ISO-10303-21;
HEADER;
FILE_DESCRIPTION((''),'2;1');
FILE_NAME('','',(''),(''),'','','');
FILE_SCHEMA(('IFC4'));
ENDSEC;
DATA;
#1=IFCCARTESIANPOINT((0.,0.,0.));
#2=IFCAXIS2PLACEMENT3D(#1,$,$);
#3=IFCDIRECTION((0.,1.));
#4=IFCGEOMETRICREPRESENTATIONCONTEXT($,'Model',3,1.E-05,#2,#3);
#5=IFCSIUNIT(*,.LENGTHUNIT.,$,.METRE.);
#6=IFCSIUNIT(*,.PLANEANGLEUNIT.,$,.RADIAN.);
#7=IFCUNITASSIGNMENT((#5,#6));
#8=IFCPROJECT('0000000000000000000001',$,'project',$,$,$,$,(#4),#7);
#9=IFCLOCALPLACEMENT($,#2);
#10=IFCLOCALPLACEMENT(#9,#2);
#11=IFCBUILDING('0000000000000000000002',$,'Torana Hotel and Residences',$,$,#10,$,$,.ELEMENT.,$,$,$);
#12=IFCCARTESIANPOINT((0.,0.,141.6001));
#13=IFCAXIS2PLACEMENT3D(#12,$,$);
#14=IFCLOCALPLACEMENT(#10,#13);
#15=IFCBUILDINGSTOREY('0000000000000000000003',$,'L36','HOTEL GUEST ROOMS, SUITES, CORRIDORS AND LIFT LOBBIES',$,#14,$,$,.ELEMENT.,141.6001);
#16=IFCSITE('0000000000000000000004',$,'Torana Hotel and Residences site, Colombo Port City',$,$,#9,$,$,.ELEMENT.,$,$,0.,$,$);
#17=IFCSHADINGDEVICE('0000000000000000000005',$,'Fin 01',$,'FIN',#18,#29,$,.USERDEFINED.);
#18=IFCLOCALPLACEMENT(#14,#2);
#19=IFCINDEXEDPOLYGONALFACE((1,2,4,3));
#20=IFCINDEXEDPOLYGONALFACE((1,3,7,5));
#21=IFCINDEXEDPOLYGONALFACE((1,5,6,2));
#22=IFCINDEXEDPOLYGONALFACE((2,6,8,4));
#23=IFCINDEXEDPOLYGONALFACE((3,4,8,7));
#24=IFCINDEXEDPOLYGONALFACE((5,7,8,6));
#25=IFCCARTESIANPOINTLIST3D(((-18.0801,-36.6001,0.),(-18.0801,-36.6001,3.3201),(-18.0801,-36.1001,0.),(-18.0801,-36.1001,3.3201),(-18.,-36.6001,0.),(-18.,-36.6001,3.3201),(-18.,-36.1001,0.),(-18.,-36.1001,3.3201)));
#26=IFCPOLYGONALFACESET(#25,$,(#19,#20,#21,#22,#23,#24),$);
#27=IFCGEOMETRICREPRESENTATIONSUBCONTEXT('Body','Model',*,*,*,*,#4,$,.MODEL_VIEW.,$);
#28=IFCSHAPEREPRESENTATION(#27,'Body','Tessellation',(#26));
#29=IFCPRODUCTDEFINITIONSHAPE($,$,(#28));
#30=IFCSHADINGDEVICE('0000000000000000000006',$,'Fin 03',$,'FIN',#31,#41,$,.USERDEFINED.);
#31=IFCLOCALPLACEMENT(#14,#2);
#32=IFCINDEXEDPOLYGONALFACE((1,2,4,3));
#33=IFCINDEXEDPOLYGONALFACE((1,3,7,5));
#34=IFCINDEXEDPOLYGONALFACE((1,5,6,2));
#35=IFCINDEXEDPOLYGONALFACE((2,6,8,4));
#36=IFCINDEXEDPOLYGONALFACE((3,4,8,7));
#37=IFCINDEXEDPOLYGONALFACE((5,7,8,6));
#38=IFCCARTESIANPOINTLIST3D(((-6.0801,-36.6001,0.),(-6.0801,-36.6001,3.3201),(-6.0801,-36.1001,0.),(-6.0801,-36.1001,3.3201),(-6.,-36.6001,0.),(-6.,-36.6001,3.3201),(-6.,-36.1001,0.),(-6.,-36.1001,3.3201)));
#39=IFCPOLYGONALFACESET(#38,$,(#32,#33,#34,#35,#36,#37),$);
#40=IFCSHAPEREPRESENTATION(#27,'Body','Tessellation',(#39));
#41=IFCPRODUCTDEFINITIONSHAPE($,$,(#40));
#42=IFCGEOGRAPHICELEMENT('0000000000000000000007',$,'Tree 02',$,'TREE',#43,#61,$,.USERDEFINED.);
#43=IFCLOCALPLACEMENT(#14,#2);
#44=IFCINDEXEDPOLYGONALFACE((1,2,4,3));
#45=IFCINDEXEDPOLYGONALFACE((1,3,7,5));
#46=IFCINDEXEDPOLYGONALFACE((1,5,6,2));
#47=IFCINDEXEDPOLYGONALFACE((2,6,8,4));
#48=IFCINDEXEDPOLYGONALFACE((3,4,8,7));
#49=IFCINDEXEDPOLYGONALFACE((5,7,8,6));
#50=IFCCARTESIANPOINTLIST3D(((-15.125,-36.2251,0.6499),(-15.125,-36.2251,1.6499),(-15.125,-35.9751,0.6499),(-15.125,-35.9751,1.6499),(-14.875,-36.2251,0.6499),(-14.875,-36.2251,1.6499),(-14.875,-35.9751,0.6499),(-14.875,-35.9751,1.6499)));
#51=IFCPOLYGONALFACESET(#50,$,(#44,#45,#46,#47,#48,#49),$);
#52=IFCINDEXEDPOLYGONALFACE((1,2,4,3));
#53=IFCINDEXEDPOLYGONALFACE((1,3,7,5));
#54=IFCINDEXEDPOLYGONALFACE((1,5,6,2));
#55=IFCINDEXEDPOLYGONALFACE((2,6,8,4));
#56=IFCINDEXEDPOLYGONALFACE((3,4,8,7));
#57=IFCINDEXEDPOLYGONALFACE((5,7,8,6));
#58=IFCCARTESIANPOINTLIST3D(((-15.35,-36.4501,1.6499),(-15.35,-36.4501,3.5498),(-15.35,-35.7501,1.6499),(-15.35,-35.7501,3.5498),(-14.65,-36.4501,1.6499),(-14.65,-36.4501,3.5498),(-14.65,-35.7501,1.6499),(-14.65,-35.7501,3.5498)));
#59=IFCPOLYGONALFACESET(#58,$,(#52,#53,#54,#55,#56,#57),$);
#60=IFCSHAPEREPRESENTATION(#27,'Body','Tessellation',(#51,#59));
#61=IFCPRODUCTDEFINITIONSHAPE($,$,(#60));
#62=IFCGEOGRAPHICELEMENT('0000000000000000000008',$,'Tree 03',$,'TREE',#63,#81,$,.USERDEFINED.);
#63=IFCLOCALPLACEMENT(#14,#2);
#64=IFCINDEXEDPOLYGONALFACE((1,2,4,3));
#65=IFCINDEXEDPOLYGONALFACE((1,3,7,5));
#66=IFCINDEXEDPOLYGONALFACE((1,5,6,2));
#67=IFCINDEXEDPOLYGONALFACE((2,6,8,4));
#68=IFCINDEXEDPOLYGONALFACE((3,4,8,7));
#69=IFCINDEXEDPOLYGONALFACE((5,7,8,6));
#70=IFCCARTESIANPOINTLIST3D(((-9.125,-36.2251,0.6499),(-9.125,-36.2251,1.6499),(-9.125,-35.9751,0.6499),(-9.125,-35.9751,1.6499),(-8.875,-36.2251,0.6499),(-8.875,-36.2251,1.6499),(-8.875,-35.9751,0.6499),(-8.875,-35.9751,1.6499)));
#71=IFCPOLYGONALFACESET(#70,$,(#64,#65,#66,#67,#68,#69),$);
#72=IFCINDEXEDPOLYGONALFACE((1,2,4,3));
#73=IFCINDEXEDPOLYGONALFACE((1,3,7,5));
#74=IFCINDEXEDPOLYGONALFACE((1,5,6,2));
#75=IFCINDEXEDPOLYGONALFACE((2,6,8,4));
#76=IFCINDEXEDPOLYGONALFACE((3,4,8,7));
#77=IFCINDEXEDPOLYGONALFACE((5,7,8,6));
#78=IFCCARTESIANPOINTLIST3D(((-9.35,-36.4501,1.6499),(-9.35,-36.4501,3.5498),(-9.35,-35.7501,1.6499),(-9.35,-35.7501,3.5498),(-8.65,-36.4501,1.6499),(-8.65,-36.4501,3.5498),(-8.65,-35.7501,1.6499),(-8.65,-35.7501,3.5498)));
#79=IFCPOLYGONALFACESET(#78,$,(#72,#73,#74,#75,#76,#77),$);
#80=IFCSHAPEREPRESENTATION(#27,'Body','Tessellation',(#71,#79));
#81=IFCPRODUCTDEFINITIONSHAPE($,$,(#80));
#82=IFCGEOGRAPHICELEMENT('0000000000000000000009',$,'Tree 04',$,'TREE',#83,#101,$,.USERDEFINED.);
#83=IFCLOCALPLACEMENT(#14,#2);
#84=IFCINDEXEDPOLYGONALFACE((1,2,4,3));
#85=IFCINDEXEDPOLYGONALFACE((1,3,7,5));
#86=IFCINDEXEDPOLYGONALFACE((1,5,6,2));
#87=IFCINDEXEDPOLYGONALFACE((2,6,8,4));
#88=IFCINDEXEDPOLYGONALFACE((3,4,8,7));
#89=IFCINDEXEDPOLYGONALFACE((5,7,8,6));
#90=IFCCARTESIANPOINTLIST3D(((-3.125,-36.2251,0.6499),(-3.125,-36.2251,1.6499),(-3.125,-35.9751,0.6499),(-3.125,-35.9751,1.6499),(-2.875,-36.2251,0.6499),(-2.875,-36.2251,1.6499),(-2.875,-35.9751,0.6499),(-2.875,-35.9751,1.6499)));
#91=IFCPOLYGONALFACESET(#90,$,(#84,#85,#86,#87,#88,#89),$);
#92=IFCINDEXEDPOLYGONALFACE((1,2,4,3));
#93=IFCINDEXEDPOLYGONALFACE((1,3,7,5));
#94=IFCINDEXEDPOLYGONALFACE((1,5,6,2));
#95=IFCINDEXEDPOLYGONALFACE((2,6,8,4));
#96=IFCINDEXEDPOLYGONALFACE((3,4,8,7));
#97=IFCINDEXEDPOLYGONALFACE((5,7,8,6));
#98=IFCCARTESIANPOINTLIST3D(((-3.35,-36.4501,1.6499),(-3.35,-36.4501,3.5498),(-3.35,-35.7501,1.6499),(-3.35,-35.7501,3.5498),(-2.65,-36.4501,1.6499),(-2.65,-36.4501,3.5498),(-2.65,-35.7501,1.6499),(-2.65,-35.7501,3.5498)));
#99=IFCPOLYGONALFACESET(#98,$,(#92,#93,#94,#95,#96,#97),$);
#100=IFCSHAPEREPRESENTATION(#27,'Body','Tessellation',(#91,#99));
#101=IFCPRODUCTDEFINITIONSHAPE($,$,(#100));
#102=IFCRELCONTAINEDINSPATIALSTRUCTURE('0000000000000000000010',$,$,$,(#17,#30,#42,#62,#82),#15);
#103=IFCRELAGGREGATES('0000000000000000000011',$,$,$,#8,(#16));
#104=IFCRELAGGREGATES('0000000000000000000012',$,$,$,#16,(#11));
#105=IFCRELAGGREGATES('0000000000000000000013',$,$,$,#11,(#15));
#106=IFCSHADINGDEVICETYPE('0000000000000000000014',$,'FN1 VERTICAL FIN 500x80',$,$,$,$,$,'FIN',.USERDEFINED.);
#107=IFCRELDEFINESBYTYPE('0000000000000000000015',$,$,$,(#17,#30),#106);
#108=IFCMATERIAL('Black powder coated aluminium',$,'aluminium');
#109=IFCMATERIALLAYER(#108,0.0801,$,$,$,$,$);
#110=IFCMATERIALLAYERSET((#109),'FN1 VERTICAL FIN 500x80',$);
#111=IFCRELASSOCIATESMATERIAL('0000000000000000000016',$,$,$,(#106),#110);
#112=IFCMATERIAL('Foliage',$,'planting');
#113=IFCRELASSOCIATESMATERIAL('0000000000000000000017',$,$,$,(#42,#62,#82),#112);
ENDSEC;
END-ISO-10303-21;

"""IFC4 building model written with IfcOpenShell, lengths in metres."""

from ifc_helpers import new_model, si_unit, direction, frame, origin, origin_2d, place, context, subcontext, project, spatial, rectangle, extrude, material, layer, layer_set, type_object, element, save


model = new_model("IFC4")

# Units and contexts
model_context = context("Model", 3, precision=1e-05, world=origin(), true_north=direction((0.0, 1.0)))
body_context = subcontext(model_context, "Body", "Model", "MODEL_VIEW")
ifc_project = project(units=[si_unit("LENGTHUNIT", "METRE"), si_unit("PLANEANGLEUNIT", "RADIAN")], contexts=[model_context])

# Site, building, storey
site_placement = place(None, origin())
site = spatial("IfcSite", under=ifc_project, at=site_placement, Name="Torana Hotel and Residences site, Colombo Port City", CompositionType="ELEMENT", RefElevation=0.0)
building_placement = place(site_placement, origin())
building = spatial("IfcBuilding", under=site, at=building_placement, Name="Torana Hotel and Residences", CompositionType="ELEMENT")
storey_placement = place(building_placement, frame((0.0, 0.0, 141.6001)))
storey = spatial("IfcBuildingStorey", under=building, at=storey_placement, Name="L36", Description="HOTEL GUEST ROOMS, SUITES, CORRIDORS AND LIFT LOBBIES", CompositionType="ELEMENT", Elevation=141.6001)

# Shading devices
ifc_material_1 = material(Name="Black powder coated aluminium", Category="aluminium")
ifc_layer_1 = layer(ifc_material_1, 0.0801)
ifc_layer_set_1 = layer_set([ifc_layer_1], Name="FN1 VERTICAL FIN 500x80")
shading_device_type = type_object("IfcShadingDeviceType", Name="FN1 VERTICAL FIN 500x80", ElementType="FIN", PredefinedType="USERDEFINED", material=ifc_layer_set_1)
for number, where, z_axis, x_axis, name in (
    (1, (-18.04, -36.3501, 0.0), (0.0, 0.0, 1.0), (-1.0, 0.0, 0.0), "Fin 01"),
    (2, (-6.04, -36.3501, 0.0), (0.0, 0.0, 1.0), (-1.0, 0.0, 0.0), "Fin 03"),
):
    element("IfcShadingDevice", number, at=place(storey_placement, frame(where, z_axis=z_axis, x_axis=x_axis)), inside=storey, type_object=shading_device_type, Name=name, ObjectType="FIN", PredefinedType="USERDEFINED", context=body_context, shape_type="SweptSolid", body=[
        extrude(rectangle(XDim=0.0801, YDim=0.5, at=origin_2d()), origin(), (0.0, 0.0, 1.0), 3.3201),
    ])

# Geographic elements
ifc_material_2 = material(Name="Foliage", Category="planting")
for number, where, z_axis, x_axis, name in (
    (3, (-15.0, -36.1001, 0.6499), (0.0, 0.0, 1.0), (1.0, 0.0, 0.0), "Tree 02"),
    (4, (-9.0, -36.1001, 0.6499), (0.0, 0.0, 1.0), (1.0, 0.0, 0.0), "Tree 03"),
    (5, (-3.0, -36.1001, 0.6499), (0.0, 0.0, 1.0), (1.0, 0.0, 0.0), "Tree 04"),
):
    element("IfcGeographicElement", number, at=place(storey_placement, frame(where, z_axis=z_axis, x_axis=x_axis)), inside=storey, material=ifc_material_2, Name=name, ObjectType="TREE", PredefinedType="USERDEFINED", context=body_context, shape_type="SweptSolid", body=[
        extrude(rectangle(XDim=0.25, YDim=0.25, at=origin_2d()), origin(), (0.0, 0.0, 1.0), 1.0),
        extrude(rectangle(XDim=0.7, YDim=0.7, at=origin_2d()), frame((0.0, 0.0, 1.0)), (0.0, 0.0, 1.0), 1.8999),
    ])

save(model, "model.ifc")
